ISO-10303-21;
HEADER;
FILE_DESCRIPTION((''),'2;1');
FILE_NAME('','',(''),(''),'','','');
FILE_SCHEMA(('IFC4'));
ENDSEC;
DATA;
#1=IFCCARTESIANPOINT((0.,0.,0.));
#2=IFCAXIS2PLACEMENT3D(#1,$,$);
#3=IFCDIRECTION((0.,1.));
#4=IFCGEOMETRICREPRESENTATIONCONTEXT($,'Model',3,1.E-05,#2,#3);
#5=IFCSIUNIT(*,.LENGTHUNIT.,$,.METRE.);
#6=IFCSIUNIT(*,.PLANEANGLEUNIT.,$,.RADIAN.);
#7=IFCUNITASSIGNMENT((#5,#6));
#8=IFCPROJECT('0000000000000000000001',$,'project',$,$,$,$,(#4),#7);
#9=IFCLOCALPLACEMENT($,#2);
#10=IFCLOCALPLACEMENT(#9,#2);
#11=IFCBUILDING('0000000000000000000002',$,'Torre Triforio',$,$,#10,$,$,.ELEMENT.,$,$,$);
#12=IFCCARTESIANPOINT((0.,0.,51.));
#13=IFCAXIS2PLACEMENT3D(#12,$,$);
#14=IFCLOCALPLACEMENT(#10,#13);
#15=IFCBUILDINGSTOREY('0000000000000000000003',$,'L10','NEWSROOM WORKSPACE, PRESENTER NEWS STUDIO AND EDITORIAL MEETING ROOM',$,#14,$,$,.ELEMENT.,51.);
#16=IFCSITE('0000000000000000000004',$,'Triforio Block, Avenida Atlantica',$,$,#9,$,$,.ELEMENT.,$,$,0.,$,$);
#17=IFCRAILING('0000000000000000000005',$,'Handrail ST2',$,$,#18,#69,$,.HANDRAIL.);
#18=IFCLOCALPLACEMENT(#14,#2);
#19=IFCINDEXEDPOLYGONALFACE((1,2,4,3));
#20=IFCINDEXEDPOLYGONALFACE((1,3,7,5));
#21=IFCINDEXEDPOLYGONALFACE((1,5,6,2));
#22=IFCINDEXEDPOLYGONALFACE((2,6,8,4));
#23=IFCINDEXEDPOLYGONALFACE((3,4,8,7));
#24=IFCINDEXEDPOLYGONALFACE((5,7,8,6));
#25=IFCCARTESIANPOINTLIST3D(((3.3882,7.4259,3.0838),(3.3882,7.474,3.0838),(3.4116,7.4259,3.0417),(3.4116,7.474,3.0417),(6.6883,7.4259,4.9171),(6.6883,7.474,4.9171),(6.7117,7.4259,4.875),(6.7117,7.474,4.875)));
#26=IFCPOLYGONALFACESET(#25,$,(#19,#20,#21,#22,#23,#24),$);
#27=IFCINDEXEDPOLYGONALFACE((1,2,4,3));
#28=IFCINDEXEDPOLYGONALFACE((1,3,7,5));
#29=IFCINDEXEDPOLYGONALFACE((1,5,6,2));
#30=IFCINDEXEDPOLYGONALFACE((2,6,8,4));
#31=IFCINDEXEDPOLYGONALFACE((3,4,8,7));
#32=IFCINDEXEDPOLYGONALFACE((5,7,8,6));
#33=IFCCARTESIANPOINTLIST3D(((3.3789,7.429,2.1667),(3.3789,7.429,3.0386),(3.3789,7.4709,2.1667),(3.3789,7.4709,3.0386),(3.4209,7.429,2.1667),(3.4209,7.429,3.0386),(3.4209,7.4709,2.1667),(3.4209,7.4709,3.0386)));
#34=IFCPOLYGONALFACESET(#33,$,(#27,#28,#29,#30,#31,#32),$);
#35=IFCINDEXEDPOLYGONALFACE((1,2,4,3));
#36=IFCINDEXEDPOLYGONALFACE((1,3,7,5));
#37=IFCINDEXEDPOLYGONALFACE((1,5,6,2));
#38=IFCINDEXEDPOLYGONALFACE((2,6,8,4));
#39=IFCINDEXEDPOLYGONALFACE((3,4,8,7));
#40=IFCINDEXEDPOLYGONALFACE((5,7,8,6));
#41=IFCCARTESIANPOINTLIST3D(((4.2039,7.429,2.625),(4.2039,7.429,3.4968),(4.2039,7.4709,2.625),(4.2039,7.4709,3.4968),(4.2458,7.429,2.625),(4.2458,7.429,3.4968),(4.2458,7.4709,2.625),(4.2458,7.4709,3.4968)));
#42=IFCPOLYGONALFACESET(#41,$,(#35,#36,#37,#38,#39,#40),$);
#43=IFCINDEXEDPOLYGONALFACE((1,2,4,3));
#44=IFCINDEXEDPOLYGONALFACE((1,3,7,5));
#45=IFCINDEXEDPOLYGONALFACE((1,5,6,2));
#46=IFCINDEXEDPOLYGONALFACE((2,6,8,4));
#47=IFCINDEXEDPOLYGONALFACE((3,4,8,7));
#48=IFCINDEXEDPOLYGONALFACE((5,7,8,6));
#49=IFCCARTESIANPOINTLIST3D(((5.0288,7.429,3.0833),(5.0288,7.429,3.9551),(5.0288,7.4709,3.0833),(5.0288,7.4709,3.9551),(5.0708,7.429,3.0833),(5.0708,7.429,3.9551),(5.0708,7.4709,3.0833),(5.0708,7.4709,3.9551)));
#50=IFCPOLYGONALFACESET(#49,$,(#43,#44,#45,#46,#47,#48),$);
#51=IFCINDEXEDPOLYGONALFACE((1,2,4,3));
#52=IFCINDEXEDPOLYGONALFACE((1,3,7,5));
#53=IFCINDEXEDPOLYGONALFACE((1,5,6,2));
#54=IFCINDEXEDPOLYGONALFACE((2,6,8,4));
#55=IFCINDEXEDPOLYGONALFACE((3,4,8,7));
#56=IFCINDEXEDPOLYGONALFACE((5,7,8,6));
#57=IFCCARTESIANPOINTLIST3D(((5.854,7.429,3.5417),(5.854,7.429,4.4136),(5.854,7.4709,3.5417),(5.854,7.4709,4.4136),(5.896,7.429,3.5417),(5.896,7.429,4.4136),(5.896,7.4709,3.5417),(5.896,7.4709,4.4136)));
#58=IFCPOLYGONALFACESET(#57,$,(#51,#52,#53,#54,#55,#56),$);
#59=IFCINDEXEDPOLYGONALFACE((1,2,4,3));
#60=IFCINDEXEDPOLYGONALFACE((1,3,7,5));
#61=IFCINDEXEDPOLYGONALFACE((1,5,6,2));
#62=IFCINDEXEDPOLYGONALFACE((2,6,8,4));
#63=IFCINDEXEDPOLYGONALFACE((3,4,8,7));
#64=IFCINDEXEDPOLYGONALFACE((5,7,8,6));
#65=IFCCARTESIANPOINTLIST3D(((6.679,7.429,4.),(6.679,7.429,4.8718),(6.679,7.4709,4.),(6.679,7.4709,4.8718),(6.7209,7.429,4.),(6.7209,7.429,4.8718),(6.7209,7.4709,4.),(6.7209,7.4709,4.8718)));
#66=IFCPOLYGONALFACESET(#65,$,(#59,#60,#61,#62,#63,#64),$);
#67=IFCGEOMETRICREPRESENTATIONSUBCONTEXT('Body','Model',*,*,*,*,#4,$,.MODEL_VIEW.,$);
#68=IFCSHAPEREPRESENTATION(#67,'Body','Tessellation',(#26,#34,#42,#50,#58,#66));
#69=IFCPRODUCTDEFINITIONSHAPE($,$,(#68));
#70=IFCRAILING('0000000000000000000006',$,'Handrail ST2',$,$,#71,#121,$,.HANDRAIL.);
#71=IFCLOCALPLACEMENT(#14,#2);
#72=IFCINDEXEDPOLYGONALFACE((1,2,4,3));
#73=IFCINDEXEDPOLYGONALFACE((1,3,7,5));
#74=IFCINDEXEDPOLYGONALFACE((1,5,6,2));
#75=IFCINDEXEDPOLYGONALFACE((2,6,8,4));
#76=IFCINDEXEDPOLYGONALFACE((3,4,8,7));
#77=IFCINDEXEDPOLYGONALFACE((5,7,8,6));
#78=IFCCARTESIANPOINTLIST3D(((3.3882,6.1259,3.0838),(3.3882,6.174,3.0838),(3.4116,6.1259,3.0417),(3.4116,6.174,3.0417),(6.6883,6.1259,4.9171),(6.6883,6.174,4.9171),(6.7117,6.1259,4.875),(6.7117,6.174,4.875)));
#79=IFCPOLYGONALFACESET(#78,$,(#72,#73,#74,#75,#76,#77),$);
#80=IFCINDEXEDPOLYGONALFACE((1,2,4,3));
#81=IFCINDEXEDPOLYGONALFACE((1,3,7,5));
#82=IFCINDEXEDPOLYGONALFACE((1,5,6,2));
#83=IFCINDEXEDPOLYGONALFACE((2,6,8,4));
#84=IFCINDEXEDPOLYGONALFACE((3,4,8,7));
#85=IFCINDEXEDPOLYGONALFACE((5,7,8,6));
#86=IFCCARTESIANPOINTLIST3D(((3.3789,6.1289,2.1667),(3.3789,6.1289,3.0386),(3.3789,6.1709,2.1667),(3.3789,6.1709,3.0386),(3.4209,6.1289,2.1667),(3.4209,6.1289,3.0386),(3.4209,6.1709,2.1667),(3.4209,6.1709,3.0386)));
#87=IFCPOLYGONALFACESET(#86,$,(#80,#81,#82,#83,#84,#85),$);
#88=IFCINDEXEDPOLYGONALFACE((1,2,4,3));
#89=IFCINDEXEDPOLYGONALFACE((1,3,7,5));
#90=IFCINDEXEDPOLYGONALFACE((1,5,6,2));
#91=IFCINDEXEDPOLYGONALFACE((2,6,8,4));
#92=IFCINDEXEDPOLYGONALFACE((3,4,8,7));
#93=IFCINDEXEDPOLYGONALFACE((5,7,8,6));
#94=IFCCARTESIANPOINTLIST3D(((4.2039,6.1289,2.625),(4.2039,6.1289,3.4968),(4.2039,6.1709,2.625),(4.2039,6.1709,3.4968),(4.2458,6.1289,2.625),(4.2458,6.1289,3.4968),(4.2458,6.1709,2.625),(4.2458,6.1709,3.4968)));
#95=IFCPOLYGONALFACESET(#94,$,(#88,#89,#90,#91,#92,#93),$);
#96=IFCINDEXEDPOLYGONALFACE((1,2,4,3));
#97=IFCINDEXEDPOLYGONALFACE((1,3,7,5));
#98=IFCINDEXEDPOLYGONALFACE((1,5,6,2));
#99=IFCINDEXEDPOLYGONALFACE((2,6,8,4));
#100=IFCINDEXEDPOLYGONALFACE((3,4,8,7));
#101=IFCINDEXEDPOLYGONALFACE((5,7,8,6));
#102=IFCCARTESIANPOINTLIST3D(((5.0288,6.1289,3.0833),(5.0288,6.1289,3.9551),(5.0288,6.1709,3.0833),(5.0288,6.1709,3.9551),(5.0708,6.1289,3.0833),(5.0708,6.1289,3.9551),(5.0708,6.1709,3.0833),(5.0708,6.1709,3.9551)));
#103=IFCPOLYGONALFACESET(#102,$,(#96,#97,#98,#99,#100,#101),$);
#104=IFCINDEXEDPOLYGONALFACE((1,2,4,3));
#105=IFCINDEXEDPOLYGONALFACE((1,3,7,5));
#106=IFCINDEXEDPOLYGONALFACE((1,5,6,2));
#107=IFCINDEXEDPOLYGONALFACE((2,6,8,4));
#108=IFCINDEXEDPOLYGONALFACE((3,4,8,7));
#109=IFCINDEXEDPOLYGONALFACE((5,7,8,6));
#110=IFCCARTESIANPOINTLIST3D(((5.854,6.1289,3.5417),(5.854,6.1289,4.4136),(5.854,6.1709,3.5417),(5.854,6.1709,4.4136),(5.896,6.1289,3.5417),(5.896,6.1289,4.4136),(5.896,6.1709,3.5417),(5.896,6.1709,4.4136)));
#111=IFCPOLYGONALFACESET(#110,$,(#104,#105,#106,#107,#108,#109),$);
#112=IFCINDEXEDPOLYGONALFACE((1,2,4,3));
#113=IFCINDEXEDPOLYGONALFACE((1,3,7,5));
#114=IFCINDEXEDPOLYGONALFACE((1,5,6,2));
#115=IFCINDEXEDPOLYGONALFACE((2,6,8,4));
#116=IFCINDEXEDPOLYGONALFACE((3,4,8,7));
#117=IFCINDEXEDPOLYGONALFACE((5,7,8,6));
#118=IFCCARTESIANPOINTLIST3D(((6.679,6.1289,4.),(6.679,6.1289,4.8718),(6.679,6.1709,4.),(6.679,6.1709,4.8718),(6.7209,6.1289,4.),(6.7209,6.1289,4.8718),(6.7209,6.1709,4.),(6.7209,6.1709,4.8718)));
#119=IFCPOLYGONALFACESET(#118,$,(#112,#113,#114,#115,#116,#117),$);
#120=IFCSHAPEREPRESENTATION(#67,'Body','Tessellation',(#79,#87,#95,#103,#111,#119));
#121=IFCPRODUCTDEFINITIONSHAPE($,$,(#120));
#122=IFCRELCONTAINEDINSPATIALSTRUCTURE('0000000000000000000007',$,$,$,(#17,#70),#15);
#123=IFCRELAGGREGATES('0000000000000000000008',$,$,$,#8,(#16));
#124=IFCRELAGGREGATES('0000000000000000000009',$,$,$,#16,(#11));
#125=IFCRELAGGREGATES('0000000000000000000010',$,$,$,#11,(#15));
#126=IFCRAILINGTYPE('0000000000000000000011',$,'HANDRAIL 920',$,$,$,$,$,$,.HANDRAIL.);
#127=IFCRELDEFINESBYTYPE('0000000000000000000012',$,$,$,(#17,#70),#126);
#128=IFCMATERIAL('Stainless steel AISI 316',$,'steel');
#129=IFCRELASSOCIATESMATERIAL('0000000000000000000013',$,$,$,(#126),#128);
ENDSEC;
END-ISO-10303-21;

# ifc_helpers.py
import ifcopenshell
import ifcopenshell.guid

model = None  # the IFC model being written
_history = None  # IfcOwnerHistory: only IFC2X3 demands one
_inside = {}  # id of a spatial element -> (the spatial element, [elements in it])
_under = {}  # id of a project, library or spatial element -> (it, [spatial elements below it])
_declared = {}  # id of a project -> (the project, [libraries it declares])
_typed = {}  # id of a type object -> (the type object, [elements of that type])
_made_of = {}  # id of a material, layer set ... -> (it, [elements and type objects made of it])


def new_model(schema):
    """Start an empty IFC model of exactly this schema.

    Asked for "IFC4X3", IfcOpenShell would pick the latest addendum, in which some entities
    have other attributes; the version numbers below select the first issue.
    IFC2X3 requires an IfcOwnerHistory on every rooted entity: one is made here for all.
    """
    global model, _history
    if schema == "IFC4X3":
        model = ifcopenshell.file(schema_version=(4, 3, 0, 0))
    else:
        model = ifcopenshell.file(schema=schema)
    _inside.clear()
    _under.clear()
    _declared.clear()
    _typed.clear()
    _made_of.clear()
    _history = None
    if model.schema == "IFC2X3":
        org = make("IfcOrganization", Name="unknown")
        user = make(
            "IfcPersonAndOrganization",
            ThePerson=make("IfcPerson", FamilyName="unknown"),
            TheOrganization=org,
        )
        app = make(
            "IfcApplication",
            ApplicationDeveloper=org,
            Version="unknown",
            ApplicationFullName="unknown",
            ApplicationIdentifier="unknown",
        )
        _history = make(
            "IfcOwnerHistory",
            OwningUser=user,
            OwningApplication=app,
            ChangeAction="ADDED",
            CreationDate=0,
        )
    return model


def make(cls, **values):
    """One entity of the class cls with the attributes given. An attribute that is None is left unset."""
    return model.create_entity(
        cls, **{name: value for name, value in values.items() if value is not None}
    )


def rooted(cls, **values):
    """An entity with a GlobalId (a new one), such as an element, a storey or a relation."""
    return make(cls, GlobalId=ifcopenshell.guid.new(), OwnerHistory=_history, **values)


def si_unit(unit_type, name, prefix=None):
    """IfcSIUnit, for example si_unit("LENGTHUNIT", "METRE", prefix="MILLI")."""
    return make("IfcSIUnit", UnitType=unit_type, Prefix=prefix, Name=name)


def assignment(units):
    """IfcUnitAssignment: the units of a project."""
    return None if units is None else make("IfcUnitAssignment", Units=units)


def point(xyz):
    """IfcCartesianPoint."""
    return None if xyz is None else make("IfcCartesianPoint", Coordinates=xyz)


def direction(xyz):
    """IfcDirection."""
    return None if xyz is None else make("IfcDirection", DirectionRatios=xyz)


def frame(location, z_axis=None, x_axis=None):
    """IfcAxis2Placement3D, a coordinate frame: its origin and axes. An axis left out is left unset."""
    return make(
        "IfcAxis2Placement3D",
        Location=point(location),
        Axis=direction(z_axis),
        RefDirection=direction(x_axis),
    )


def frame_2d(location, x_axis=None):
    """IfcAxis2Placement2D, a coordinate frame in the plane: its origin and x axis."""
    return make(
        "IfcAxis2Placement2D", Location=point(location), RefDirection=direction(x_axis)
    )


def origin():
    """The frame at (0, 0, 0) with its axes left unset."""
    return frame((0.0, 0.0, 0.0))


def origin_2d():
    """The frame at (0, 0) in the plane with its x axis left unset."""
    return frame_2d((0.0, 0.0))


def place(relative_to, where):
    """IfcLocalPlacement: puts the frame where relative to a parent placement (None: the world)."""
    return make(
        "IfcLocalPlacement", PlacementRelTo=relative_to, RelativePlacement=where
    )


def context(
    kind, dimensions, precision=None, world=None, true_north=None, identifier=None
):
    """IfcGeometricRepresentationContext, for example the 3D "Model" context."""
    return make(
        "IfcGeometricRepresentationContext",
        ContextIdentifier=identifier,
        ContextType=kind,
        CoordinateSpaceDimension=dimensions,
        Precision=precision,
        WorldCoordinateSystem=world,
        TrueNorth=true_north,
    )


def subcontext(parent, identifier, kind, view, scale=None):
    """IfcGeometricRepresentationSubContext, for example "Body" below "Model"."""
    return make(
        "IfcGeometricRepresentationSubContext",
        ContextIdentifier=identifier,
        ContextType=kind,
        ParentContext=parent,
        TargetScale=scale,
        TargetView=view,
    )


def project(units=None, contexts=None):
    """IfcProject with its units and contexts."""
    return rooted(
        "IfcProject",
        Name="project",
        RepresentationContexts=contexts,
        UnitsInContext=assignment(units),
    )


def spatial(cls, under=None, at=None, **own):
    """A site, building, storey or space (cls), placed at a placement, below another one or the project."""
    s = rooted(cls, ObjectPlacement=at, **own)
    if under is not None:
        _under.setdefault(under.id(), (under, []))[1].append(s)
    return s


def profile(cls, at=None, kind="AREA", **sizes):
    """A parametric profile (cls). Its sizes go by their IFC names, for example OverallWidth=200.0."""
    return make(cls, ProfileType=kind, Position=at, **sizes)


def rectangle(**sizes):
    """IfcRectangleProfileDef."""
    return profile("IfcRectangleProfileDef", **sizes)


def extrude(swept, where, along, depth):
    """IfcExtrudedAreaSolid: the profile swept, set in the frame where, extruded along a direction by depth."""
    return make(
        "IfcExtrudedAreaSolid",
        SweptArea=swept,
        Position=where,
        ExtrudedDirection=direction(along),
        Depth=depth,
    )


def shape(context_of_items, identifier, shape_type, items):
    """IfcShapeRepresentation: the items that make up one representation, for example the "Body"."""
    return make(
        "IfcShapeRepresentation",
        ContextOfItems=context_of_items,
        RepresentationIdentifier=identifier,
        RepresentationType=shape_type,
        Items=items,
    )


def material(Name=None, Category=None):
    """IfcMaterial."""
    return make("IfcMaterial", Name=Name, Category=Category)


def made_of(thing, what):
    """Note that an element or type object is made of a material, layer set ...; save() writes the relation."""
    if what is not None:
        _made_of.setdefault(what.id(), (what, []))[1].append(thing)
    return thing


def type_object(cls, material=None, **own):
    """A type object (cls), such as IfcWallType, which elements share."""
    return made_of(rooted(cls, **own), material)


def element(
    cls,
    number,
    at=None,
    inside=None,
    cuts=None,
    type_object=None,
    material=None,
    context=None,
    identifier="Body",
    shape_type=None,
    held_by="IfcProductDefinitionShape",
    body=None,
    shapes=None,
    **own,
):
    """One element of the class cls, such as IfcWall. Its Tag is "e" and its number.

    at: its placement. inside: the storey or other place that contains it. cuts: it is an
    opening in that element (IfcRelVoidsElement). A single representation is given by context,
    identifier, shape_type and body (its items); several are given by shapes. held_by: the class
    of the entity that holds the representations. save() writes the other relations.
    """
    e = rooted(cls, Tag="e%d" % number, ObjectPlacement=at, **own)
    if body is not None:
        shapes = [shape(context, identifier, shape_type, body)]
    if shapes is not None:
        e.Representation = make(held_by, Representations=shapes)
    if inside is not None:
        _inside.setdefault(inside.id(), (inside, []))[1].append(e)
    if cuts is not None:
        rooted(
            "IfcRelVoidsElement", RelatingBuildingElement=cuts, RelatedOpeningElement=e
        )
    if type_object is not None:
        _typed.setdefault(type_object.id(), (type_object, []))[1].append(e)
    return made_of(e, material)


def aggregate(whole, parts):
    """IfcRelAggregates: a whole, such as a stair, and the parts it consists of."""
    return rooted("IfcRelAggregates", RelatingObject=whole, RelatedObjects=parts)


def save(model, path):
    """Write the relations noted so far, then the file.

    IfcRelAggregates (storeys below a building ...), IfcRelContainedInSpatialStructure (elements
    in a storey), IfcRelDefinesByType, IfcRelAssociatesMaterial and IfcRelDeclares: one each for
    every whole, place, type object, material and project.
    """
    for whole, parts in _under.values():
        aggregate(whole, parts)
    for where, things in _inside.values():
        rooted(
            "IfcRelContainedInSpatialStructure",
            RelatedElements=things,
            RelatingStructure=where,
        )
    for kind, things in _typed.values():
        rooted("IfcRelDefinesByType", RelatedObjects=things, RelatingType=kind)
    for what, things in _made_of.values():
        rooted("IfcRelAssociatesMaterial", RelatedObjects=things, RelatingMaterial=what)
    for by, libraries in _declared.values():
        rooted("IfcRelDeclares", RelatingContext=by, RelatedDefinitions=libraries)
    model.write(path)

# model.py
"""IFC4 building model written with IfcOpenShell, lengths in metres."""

from ifc_helpers import new_model, si_unit, direction, frame, origin, origin_2d, place, context, subcontext, project, spatial, rectangle, extrude, material, type_object, element, save


model = new_model("IFC4")

# Units and contexts
model_context = context("Model", 3, precision=1e-05, world=origin(), true_north=direction((0.0, 1.0)))
body_context = subcontext(model_context, "Body", "Model", "MODEL_VIEW")
ifc_project = project(units=[si_unit("LENGTHUNIT", "METRE"), si_unit("PLANEANGLEUNIT", "RADIAN")], contexts=[model_context])

# Site, building, storey
site_placement = place(None, origin())
site = spatial("IfcSite", under=ifc_project, at=site_placement, Name="Triforio Block, Avenida Atlantica", CompositionType="ELEMENT", RefElevation=0.0)
building_placement = place(site_placement, origin())
building = spatial("IfcBuilding", under=site, at=building_placement, Name="Torre Triforio", CompositionType="ELEMENT")
storey_placement = place(building_placement, frame((0.0, 0.0, 51.0)))
storey = spatial("IfcBuildingStorey", under=building, at=storey_placement, Name="L10", Description="NEWSROOM WORKSPACE, PRESENTER NEWS STUDIO AND EDITORIAL MEETING ROOM", CompositionType="ELEMENT", Elevation=51.0)

# Railings
ifc_material_1 = material(Name="Stainless steel AISI 316", Category="steel")
railing_type = type_object("IfcRailingType", Name="HANDRAIL 920", PredefinedType="HANDRAIL", material=ifc_material_1)
for number, where, name in (
    (1, (3.3999, 7.45, 2.1667), "Handrail ST2"),
    (2, (3.3999, 6.1499, 2.1667), "Handrail ST2"),
):
    element("IfcRailing", number, at=place(storey_placement, frame(where)), inside=storey, type_object=railing_type, Name=name, PredefinedType="HANDRAIL", context=body_context, shape_type="SweptSolid", body=[
        extrude(rectangle(XDim=0.0481, YDim=0.0481, at=origin_2d()), frame((0.0, 0.0, 0.896), z_axis=(0.874169, 0.0, 0.485621), x_axis=(0.0, 1.0, 0.0)), (0.0, 0.0, 1.0), 3.7751),
        extrude(rectangle(XDim=0.042, YDim=0.042, at=origin_2d()), origin(), (0.0, 0.0, 1.0), 0.8718),
        extrude(rectangle(XDim=0.042, YDim=0.042, at=origin_2d()), frame((0.825, 0.0, 0.4583)), (0.0, 0.0, 1.0), 0.8718),
        extrude(rectangle(XDim=0.042, YDim=0.042, at=origin_2d()), frame((1.6499, 0.0, 0.9165)), (0.0, 0.0, 1.0), 0.8718),
        extrude(rectangle(XDim=0.042, YDim=0.042, at=origin_2d()), frame((2.4751, 0.0, 1.375)), (0.0, 0.0, 1.0), 0.8718),
        extrude(rectangle(XDim=0.042, YDim=0.042, at=origin_2d()), frame((3.3, 0.0, 1.8333)), (0.0, 0.0, 1.0), 0.8718),
    ])

save(model, "model.ifc")
